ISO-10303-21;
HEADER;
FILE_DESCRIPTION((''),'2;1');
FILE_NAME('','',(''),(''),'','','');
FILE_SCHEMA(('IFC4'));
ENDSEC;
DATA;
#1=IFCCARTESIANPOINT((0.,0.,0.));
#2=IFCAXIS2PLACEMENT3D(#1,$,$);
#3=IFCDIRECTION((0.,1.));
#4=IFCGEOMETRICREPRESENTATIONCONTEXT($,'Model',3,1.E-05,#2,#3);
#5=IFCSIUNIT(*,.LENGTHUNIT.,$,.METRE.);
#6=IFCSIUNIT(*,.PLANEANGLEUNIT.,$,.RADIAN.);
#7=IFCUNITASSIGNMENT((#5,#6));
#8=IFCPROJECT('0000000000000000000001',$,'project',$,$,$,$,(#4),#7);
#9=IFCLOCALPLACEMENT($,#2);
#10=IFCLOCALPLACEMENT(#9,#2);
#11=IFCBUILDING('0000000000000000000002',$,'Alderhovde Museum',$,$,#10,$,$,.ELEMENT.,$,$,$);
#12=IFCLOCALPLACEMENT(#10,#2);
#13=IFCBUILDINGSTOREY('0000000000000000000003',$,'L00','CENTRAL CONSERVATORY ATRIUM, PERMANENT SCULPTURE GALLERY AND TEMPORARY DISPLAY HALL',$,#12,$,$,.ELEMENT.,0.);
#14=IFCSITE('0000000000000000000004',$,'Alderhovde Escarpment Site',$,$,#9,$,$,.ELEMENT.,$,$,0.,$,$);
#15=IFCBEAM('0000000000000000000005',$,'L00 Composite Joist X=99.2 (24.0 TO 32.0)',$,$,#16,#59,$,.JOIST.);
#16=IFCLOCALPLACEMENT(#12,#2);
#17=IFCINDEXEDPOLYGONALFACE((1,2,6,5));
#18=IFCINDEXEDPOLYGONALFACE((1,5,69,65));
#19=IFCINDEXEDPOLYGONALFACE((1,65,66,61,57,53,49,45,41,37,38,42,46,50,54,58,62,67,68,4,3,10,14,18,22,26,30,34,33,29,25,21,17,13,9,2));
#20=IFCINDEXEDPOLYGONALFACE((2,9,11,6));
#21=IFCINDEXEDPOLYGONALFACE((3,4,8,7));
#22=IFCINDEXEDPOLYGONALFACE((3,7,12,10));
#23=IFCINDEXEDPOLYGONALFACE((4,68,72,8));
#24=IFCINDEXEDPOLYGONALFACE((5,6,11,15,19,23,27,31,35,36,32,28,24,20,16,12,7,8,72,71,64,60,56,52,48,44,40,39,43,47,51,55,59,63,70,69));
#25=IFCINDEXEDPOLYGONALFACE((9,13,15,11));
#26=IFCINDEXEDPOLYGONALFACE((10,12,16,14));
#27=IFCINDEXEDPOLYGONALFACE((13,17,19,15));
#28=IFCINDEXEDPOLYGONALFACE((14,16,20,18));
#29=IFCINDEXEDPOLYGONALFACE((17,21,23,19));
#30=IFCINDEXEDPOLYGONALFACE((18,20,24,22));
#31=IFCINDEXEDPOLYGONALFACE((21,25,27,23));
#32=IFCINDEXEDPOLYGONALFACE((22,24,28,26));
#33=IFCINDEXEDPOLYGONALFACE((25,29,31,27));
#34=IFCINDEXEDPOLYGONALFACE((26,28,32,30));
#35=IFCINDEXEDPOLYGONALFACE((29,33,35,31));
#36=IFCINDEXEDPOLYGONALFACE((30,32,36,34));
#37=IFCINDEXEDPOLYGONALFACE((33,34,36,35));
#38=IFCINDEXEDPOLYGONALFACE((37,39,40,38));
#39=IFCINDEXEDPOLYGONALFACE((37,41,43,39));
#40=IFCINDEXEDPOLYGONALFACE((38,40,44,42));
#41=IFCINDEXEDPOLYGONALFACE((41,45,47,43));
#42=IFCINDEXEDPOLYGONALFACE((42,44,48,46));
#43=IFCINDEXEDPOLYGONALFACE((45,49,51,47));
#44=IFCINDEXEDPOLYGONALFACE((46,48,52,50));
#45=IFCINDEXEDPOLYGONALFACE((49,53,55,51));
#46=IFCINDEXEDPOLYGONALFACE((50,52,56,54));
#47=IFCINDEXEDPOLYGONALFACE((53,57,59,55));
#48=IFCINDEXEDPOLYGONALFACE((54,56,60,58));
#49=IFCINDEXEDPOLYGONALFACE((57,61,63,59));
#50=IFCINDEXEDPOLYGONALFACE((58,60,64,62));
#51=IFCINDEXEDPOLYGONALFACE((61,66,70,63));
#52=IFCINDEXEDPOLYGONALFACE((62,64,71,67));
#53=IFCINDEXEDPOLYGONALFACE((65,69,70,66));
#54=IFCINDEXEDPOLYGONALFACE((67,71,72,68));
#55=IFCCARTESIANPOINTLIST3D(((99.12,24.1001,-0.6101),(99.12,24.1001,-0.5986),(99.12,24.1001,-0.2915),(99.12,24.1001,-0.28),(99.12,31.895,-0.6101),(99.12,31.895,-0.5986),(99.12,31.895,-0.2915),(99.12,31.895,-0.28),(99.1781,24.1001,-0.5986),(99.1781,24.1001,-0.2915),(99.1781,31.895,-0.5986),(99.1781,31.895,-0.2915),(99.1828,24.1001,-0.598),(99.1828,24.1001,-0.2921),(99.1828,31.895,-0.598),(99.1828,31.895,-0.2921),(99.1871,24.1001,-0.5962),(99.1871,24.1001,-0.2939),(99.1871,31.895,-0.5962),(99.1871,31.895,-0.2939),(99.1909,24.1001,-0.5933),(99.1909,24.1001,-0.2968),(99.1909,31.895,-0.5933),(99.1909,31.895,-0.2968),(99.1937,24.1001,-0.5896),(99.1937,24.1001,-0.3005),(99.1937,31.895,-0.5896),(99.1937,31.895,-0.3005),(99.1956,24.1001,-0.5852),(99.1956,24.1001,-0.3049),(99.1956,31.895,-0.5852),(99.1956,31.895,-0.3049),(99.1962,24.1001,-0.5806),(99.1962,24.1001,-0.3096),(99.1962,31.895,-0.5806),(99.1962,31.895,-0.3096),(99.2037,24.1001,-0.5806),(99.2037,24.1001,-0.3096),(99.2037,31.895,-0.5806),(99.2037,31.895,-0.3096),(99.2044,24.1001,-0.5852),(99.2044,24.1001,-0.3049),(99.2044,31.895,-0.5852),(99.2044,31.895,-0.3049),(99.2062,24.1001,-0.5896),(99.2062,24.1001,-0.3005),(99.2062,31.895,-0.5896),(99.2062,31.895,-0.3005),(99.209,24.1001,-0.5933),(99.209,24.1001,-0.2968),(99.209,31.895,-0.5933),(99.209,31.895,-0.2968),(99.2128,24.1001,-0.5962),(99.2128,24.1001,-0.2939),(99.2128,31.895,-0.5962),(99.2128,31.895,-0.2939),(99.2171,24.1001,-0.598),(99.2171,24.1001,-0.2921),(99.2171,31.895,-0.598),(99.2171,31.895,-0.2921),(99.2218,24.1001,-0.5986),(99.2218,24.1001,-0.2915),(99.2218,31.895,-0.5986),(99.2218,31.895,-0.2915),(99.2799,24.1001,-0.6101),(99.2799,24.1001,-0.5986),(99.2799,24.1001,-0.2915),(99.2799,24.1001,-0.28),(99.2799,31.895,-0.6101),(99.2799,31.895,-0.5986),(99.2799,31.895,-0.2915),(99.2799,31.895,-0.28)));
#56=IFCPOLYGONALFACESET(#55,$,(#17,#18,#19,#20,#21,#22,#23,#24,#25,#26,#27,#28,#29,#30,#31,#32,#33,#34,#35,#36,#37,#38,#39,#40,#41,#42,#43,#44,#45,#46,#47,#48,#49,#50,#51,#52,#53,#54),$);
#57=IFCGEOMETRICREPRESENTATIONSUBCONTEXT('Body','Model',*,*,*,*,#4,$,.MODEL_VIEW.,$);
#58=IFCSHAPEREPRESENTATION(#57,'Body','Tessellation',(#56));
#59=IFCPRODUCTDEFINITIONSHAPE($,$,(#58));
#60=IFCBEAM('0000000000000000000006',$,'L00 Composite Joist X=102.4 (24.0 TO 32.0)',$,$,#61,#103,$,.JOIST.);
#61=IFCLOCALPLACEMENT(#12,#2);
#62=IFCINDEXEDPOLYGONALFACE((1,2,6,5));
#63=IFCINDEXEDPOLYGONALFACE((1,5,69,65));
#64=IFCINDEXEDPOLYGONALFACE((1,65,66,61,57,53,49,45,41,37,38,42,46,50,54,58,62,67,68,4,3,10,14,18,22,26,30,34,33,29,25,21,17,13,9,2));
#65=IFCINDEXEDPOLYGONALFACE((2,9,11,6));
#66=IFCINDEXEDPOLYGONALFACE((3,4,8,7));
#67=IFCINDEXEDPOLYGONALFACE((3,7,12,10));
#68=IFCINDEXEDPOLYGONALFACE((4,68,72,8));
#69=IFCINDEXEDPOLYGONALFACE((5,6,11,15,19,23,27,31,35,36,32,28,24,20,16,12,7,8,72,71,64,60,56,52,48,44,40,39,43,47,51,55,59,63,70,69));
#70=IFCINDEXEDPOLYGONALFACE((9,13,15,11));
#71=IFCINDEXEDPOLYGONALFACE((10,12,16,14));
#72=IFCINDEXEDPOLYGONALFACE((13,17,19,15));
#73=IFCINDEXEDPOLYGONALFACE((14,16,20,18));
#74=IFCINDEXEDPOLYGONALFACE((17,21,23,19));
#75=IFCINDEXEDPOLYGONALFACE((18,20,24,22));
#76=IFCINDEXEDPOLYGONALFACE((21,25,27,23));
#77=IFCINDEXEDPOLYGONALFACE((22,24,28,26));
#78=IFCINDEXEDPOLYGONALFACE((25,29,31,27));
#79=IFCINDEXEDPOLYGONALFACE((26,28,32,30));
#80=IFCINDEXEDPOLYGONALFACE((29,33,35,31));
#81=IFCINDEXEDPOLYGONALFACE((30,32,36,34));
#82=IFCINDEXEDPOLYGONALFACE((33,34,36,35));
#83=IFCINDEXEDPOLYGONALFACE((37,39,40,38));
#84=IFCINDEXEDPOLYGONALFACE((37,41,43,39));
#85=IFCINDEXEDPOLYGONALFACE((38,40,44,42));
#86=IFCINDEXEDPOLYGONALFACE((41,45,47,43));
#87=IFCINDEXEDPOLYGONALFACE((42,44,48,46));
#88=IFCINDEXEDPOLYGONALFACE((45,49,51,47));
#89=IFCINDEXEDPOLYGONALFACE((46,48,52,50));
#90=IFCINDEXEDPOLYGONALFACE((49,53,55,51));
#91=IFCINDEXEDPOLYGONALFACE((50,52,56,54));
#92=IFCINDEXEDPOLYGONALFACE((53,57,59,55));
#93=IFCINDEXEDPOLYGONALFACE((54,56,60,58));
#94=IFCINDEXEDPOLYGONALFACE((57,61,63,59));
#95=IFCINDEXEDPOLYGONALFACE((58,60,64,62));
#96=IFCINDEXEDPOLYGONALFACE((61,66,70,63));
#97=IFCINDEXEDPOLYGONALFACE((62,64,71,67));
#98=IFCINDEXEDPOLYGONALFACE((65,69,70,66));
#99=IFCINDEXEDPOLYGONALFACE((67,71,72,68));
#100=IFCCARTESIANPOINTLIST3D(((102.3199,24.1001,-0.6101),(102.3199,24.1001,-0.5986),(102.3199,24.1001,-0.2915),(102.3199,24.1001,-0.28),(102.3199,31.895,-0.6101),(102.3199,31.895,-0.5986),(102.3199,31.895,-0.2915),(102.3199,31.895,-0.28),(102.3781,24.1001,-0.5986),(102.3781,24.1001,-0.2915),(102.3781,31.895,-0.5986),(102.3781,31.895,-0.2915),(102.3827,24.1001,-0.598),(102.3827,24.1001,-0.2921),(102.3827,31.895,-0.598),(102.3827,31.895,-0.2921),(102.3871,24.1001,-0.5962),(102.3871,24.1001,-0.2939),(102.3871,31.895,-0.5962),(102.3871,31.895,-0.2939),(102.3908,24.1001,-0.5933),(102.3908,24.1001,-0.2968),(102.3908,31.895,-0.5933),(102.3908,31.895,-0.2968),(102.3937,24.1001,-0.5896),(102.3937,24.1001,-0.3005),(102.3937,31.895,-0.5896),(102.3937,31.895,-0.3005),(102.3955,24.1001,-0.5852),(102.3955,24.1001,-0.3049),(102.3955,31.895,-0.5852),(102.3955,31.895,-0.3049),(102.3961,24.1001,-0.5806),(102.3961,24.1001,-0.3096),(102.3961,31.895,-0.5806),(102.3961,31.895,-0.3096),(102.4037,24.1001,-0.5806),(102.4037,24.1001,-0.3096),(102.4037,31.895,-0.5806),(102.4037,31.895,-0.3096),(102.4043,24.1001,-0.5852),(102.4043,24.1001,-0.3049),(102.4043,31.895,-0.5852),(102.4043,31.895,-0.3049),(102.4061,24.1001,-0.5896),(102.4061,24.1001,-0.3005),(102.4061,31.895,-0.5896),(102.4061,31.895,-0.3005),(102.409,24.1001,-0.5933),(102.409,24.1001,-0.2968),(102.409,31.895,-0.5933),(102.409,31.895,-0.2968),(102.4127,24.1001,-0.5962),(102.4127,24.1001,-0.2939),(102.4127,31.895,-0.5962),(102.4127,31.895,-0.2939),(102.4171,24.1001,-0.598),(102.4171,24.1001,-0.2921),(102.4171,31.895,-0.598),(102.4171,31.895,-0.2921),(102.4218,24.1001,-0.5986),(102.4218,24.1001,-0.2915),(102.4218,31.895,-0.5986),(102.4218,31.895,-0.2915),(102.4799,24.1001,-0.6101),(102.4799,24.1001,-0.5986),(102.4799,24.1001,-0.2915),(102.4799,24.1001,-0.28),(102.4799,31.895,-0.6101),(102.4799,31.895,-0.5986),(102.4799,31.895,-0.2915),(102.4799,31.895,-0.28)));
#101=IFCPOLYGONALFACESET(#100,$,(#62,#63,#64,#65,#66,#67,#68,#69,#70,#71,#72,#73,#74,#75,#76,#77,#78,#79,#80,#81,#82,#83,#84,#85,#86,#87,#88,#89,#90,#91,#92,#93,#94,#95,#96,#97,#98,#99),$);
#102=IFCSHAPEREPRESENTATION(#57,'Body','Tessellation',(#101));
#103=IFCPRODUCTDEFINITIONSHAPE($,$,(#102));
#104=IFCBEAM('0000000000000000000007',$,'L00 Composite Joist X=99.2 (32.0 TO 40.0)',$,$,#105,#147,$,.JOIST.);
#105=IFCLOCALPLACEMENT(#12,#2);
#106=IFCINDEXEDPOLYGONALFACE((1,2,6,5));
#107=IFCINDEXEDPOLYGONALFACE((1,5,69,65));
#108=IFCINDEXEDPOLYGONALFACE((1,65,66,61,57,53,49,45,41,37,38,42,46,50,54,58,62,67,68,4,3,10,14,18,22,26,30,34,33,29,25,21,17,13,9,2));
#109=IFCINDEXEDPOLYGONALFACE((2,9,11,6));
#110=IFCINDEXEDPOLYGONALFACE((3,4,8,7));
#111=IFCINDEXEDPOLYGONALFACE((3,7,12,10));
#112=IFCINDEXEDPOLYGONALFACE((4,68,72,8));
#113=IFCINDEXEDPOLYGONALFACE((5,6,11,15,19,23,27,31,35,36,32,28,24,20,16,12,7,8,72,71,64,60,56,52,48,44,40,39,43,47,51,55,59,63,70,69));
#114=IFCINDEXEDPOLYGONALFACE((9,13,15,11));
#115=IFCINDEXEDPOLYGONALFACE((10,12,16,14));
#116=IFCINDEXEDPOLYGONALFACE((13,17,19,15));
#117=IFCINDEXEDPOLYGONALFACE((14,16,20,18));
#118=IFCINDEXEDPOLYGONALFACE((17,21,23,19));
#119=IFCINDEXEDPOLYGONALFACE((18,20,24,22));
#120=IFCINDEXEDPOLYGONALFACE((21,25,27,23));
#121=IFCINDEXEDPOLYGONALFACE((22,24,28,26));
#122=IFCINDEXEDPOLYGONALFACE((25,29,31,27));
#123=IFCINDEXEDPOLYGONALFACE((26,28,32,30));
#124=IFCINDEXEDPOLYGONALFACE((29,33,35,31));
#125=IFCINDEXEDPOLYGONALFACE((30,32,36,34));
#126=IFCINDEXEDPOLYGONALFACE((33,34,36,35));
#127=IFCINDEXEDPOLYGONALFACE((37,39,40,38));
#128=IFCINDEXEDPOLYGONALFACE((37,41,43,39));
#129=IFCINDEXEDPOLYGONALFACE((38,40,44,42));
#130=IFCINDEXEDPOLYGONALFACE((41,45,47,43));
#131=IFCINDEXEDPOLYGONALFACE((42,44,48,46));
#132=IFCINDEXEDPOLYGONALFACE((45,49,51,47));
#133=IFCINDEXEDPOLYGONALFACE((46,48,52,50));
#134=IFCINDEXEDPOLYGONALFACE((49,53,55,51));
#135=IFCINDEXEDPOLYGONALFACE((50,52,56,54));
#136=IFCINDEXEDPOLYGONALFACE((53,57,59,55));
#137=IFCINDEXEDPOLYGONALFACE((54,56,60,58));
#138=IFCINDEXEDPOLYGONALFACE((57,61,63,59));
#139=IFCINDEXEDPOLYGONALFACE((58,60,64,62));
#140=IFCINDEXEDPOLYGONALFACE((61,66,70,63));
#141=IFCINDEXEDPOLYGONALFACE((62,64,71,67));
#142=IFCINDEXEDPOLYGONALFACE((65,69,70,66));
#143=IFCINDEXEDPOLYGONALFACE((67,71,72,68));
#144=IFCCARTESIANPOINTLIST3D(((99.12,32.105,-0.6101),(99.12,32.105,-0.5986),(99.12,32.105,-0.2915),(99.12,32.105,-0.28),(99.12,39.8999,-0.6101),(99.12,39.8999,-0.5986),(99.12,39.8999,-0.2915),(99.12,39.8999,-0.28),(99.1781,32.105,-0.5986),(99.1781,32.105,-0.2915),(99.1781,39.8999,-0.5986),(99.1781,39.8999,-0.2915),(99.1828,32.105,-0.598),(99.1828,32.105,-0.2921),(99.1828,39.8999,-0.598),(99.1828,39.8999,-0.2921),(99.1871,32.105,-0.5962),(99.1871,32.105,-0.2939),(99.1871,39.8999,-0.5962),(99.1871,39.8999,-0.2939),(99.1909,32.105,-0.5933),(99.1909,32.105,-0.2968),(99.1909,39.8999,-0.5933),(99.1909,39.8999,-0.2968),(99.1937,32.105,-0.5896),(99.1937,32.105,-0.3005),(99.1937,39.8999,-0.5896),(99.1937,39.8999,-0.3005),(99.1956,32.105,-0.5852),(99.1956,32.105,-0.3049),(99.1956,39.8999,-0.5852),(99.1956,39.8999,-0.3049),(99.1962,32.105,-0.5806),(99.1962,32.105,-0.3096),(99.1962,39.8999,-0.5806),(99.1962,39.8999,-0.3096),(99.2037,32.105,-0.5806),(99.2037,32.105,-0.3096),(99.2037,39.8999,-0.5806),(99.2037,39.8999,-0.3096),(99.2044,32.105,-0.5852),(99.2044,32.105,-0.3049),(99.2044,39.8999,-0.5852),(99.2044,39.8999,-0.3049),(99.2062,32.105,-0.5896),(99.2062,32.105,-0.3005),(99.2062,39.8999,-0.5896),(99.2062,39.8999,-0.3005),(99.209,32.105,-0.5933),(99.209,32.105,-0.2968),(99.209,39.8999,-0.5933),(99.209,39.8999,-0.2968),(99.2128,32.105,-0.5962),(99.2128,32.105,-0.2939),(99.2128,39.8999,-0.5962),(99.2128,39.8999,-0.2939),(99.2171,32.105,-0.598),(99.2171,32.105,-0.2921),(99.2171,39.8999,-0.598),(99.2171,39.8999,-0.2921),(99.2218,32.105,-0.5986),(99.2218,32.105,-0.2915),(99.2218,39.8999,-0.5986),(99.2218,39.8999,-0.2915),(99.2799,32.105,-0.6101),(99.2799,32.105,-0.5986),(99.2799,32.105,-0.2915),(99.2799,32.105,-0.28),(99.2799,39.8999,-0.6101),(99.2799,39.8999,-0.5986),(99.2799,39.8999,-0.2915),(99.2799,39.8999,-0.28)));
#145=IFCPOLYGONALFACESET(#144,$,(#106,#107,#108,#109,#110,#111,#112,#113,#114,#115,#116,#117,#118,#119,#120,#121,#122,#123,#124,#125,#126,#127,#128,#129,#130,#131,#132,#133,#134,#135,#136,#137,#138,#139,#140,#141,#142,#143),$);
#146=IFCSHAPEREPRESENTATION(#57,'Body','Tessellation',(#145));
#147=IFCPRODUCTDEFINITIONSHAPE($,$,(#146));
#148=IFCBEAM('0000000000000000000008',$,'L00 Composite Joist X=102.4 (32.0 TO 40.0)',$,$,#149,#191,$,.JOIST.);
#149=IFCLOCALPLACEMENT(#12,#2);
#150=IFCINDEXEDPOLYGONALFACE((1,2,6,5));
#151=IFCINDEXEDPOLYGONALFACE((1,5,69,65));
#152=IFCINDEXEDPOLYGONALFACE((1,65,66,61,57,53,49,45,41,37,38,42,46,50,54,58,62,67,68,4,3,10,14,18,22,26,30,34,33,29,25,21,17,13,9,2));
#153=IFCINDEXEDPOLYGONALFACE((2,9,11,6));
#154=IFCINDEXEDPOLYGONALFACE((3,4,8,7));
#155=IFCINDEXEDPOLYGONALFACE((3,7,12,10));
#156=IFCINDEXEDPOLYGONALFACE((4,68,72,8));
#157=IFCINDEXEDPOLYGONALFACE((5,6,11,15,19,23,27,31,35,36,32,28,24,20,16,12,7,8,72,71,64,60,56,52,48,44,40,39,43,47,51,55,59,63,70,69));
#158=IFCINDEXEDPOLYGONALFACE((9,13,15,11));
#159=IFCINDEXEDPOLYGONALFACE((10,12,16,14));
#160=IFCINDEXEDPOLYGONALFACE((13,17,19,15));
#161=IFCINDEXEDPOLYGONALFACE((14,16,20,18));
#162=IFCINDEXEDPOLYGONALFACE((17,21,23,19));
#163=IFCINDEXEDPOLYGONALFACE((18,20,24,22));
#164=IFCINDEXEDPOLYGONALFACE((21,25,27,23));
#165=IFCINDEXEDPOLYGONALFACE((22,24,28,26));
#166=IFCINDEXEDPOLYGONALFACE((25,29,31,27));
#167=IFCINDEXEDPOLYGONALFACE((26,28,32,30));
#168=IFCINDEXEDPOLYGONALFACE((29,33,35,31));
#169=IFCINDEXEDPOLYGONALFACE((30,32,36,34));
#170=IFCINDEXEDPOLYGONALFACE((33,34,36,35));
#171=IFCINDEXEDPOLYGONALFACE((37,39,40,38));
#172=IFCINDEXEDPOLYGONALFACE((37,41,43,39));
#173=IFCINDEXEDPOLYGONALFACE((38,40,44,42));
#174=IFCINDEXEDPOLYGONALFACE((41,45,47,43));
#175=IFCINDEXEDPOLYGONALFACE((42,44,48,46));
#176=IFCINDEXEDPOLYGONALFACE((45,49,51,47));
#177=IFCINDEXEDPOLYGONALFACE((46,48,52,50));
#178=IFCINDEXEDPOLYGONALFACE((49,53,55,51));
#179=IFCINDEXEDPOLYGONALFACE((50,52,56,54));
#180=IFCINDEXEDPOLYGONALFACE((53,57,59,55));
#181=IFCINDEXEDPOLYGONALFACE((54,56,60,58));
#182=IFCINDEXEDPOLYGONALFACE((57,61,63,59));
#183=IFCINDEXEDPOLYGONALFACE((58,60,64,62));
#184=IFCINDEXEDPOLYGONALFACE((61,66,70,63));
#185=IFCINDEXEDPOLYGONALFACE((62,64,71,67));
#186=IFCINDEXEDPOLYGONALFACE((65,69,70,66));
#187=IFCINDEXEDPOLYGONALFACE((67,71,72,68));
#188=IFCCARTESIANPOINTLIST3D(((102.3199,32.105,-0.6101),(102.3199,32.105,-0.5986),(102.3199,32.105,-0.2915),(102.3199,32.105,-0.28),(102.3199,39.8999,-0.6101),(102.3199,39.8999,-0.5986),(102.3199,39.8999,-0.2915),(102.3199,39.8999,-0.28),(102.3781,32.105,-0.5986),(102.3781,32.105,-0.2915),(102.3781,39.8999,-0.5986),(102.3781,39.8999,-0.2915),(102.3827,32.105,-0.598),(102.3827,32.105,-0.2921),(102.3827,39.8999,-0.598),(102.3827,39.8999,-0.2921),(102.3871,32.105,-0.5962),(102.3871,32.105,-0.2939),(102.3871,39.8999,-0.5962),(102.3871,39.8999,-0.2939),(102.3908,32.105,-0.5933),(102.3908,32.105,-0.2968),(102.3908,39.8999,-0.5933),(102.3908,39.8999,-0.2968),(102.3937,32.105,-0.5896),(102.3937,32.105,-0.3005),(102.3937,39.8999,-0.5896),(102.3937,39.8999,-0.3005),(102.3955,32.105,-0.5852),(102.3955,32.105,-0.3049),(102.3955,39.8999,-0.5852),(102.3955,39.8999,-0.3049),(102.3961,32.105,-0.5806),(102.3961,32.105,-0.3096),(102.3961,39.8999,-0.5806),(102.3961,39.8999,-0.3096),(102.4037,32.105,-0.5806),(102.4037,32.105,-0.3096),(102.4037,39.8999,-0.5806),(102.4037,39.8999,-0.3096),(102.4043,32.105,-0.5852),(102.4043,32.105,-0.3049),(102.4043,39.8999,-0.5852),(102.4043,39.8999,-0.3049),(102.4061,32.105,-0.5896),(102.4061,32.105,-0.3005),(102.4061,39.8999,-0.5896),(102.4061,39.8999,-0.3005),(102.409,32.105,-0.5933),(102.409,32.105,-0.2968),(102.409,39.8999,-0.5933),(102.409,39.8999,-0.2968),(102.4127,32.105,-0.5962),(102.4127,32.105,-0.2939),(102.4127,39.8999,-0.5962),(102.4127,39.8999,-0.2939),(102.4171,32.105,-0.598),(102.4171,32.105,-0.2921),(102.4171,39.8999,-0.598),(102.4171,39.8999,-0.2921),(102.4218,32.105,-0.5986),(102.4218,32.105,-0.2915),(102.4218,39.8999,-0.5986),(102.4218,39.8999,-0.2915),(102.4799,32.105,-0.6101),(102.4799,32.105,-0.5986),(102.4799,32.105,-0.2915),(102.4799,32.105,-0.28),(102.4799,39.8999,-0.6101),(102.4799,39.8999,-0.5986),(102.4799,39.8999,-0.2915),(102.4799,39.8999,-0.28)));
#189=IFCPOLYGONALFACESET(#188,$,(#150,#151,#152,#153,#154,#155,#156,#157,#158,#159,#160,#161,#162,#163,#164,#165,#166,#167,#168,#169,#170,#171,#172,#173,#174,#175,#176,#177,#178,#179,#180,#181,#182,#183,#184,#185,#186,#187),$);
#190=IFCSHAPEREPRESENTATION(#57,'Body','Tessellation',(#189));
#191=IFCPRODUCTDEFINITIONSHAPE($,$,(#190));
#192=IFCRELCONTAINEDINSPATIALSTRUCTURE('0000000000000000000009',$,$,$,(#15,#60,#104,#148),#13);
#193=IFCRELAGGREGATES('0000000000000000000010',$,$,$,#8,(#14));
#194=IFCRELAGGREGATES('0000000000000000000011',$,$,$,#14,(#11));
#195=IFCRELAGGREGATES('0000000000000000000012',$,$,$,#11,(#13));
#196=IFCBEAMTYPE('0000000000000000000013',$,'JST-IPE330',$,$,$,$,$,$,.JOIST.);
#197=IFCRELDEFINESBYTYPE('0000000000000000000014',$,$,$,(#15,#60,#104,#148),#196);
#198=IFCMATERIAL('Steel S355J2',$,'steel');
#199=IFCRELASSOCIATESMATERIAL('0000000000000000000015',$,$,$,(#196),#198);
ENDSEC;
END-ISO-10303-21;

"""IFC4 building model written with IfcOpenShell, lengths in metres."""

from ifc_helpers import new_model, si_unit, direction, frame, origin, origin_2d, place, context, subcontext, project, spatial, i_section, extrude, material, material_profile, profile_set, type_object, element, save


model = new_model("IFC4")

# Units and contexts
model_context = context("Model", 3, precision=1e-05, world=origin(), true_north=direction((0.0, 1.0)))
body_context = subcontext(model_context, "Body", "Model", "MODEL_VIEW")
ifc_project = project(units=[si_unit("LENGTHUNIT", "METRE"), si_unit("PLANEANGLEUNIT", "RADIAN")], contexts=[model_context])

# Site, building, storey
site_placement = place(None, origin())
site = spatial("IfcSite", under=ifc_project, at=site_placement, Name="Alderhovde Escarpment Site", CompositionType="ELEMENT", RefElevation=0.0)
building_placement = place(site_placement, origin())
building = spatial("IfcBuilding", under=site, at=building_placement, Name="Alderhovde Museum", CompositionType="ELEMENT")
storey_placement = place(building_placement, origin())
storey = spatial("IfcBuildingStorey", under=building, at=storey_placement, Name="L00", Description="CENTRAL CONSERVATORY ATRIUM, PERMANENT SCULPTURE GALLERY AND TEMPORARY DISPLAY HALL", CompositionType="ELEMENT", Elevation=0.0)

# Beams
ifc_material_1 = material(Name="Steel S355J2", Category="steel")
ifc_material_profile_1 = material_profile(ifc_material_1, i_section(OverallWidth=0.1599, OverallDepth=0.3301, WebThickness=0.0076, FlangeThickness=0.0115, FilletRadius=0.0181, at=origin_2d()), Name="IPE 330")
ifc_profile_set_1 = profile_set([ifc_material_profile_1], Name="Steel S355J2")
beam_type_1 = type_object("IfcBeamType", Name="JST-IPE330", PredefinedType="JOIST", material=ifc_profile_set_1)
for number, where, z_axis, x_axis, name in (
    (1, (99.2, 24.1001, -0.4451), (0.0, 1.0, 0.0), (-1.0, 0.0, 0.0), "L00 Composite Joist X=99.2 (24.0 TO 32.0)"),
    (2, (102.3999, 24.1001, -0.4451), (0.0, 1.0, 0.0), (-1.0, 0.0, 0.0), "L00 Composite Joist X=102.4 (24.0 TO 32.0)"),
    (3, (99.2, 32.105, -0.4451), (0.0, 1.0, 0.0), (-1.0, 0.0, 0.0), "L00 Composite Joist X=99.2 (32.0 TO 40.0)"),
    (4, (102.3999, 32.105, -0.4451), (0.0, 1.0, 0.0), (-1.0, 0.0, 0.0), "L00 Composite Joist X=102.4 (32.0 TO 40.0)"),
):
    element("IfcBeam", number, at=place(storey_placement, frame(where, z_axis=z_axis, x_axis=x_axis)), inside=storey, type_object=beam_type_1, Name=name, PredefinedType="JOIST", context=body_context, shape_type="SweptSolid", body=[
        extrude(i_section(OverallWidth=0.1599, OverallDepth=0.3301, WebThickness=0.0076, FlangeThickness=0.0115, FilletRadius=0.0181, at=origin_2d()), origin(), (0.0, 0.0, 1.0), 7.7949),
    ])

save(model, "model.ifc")
